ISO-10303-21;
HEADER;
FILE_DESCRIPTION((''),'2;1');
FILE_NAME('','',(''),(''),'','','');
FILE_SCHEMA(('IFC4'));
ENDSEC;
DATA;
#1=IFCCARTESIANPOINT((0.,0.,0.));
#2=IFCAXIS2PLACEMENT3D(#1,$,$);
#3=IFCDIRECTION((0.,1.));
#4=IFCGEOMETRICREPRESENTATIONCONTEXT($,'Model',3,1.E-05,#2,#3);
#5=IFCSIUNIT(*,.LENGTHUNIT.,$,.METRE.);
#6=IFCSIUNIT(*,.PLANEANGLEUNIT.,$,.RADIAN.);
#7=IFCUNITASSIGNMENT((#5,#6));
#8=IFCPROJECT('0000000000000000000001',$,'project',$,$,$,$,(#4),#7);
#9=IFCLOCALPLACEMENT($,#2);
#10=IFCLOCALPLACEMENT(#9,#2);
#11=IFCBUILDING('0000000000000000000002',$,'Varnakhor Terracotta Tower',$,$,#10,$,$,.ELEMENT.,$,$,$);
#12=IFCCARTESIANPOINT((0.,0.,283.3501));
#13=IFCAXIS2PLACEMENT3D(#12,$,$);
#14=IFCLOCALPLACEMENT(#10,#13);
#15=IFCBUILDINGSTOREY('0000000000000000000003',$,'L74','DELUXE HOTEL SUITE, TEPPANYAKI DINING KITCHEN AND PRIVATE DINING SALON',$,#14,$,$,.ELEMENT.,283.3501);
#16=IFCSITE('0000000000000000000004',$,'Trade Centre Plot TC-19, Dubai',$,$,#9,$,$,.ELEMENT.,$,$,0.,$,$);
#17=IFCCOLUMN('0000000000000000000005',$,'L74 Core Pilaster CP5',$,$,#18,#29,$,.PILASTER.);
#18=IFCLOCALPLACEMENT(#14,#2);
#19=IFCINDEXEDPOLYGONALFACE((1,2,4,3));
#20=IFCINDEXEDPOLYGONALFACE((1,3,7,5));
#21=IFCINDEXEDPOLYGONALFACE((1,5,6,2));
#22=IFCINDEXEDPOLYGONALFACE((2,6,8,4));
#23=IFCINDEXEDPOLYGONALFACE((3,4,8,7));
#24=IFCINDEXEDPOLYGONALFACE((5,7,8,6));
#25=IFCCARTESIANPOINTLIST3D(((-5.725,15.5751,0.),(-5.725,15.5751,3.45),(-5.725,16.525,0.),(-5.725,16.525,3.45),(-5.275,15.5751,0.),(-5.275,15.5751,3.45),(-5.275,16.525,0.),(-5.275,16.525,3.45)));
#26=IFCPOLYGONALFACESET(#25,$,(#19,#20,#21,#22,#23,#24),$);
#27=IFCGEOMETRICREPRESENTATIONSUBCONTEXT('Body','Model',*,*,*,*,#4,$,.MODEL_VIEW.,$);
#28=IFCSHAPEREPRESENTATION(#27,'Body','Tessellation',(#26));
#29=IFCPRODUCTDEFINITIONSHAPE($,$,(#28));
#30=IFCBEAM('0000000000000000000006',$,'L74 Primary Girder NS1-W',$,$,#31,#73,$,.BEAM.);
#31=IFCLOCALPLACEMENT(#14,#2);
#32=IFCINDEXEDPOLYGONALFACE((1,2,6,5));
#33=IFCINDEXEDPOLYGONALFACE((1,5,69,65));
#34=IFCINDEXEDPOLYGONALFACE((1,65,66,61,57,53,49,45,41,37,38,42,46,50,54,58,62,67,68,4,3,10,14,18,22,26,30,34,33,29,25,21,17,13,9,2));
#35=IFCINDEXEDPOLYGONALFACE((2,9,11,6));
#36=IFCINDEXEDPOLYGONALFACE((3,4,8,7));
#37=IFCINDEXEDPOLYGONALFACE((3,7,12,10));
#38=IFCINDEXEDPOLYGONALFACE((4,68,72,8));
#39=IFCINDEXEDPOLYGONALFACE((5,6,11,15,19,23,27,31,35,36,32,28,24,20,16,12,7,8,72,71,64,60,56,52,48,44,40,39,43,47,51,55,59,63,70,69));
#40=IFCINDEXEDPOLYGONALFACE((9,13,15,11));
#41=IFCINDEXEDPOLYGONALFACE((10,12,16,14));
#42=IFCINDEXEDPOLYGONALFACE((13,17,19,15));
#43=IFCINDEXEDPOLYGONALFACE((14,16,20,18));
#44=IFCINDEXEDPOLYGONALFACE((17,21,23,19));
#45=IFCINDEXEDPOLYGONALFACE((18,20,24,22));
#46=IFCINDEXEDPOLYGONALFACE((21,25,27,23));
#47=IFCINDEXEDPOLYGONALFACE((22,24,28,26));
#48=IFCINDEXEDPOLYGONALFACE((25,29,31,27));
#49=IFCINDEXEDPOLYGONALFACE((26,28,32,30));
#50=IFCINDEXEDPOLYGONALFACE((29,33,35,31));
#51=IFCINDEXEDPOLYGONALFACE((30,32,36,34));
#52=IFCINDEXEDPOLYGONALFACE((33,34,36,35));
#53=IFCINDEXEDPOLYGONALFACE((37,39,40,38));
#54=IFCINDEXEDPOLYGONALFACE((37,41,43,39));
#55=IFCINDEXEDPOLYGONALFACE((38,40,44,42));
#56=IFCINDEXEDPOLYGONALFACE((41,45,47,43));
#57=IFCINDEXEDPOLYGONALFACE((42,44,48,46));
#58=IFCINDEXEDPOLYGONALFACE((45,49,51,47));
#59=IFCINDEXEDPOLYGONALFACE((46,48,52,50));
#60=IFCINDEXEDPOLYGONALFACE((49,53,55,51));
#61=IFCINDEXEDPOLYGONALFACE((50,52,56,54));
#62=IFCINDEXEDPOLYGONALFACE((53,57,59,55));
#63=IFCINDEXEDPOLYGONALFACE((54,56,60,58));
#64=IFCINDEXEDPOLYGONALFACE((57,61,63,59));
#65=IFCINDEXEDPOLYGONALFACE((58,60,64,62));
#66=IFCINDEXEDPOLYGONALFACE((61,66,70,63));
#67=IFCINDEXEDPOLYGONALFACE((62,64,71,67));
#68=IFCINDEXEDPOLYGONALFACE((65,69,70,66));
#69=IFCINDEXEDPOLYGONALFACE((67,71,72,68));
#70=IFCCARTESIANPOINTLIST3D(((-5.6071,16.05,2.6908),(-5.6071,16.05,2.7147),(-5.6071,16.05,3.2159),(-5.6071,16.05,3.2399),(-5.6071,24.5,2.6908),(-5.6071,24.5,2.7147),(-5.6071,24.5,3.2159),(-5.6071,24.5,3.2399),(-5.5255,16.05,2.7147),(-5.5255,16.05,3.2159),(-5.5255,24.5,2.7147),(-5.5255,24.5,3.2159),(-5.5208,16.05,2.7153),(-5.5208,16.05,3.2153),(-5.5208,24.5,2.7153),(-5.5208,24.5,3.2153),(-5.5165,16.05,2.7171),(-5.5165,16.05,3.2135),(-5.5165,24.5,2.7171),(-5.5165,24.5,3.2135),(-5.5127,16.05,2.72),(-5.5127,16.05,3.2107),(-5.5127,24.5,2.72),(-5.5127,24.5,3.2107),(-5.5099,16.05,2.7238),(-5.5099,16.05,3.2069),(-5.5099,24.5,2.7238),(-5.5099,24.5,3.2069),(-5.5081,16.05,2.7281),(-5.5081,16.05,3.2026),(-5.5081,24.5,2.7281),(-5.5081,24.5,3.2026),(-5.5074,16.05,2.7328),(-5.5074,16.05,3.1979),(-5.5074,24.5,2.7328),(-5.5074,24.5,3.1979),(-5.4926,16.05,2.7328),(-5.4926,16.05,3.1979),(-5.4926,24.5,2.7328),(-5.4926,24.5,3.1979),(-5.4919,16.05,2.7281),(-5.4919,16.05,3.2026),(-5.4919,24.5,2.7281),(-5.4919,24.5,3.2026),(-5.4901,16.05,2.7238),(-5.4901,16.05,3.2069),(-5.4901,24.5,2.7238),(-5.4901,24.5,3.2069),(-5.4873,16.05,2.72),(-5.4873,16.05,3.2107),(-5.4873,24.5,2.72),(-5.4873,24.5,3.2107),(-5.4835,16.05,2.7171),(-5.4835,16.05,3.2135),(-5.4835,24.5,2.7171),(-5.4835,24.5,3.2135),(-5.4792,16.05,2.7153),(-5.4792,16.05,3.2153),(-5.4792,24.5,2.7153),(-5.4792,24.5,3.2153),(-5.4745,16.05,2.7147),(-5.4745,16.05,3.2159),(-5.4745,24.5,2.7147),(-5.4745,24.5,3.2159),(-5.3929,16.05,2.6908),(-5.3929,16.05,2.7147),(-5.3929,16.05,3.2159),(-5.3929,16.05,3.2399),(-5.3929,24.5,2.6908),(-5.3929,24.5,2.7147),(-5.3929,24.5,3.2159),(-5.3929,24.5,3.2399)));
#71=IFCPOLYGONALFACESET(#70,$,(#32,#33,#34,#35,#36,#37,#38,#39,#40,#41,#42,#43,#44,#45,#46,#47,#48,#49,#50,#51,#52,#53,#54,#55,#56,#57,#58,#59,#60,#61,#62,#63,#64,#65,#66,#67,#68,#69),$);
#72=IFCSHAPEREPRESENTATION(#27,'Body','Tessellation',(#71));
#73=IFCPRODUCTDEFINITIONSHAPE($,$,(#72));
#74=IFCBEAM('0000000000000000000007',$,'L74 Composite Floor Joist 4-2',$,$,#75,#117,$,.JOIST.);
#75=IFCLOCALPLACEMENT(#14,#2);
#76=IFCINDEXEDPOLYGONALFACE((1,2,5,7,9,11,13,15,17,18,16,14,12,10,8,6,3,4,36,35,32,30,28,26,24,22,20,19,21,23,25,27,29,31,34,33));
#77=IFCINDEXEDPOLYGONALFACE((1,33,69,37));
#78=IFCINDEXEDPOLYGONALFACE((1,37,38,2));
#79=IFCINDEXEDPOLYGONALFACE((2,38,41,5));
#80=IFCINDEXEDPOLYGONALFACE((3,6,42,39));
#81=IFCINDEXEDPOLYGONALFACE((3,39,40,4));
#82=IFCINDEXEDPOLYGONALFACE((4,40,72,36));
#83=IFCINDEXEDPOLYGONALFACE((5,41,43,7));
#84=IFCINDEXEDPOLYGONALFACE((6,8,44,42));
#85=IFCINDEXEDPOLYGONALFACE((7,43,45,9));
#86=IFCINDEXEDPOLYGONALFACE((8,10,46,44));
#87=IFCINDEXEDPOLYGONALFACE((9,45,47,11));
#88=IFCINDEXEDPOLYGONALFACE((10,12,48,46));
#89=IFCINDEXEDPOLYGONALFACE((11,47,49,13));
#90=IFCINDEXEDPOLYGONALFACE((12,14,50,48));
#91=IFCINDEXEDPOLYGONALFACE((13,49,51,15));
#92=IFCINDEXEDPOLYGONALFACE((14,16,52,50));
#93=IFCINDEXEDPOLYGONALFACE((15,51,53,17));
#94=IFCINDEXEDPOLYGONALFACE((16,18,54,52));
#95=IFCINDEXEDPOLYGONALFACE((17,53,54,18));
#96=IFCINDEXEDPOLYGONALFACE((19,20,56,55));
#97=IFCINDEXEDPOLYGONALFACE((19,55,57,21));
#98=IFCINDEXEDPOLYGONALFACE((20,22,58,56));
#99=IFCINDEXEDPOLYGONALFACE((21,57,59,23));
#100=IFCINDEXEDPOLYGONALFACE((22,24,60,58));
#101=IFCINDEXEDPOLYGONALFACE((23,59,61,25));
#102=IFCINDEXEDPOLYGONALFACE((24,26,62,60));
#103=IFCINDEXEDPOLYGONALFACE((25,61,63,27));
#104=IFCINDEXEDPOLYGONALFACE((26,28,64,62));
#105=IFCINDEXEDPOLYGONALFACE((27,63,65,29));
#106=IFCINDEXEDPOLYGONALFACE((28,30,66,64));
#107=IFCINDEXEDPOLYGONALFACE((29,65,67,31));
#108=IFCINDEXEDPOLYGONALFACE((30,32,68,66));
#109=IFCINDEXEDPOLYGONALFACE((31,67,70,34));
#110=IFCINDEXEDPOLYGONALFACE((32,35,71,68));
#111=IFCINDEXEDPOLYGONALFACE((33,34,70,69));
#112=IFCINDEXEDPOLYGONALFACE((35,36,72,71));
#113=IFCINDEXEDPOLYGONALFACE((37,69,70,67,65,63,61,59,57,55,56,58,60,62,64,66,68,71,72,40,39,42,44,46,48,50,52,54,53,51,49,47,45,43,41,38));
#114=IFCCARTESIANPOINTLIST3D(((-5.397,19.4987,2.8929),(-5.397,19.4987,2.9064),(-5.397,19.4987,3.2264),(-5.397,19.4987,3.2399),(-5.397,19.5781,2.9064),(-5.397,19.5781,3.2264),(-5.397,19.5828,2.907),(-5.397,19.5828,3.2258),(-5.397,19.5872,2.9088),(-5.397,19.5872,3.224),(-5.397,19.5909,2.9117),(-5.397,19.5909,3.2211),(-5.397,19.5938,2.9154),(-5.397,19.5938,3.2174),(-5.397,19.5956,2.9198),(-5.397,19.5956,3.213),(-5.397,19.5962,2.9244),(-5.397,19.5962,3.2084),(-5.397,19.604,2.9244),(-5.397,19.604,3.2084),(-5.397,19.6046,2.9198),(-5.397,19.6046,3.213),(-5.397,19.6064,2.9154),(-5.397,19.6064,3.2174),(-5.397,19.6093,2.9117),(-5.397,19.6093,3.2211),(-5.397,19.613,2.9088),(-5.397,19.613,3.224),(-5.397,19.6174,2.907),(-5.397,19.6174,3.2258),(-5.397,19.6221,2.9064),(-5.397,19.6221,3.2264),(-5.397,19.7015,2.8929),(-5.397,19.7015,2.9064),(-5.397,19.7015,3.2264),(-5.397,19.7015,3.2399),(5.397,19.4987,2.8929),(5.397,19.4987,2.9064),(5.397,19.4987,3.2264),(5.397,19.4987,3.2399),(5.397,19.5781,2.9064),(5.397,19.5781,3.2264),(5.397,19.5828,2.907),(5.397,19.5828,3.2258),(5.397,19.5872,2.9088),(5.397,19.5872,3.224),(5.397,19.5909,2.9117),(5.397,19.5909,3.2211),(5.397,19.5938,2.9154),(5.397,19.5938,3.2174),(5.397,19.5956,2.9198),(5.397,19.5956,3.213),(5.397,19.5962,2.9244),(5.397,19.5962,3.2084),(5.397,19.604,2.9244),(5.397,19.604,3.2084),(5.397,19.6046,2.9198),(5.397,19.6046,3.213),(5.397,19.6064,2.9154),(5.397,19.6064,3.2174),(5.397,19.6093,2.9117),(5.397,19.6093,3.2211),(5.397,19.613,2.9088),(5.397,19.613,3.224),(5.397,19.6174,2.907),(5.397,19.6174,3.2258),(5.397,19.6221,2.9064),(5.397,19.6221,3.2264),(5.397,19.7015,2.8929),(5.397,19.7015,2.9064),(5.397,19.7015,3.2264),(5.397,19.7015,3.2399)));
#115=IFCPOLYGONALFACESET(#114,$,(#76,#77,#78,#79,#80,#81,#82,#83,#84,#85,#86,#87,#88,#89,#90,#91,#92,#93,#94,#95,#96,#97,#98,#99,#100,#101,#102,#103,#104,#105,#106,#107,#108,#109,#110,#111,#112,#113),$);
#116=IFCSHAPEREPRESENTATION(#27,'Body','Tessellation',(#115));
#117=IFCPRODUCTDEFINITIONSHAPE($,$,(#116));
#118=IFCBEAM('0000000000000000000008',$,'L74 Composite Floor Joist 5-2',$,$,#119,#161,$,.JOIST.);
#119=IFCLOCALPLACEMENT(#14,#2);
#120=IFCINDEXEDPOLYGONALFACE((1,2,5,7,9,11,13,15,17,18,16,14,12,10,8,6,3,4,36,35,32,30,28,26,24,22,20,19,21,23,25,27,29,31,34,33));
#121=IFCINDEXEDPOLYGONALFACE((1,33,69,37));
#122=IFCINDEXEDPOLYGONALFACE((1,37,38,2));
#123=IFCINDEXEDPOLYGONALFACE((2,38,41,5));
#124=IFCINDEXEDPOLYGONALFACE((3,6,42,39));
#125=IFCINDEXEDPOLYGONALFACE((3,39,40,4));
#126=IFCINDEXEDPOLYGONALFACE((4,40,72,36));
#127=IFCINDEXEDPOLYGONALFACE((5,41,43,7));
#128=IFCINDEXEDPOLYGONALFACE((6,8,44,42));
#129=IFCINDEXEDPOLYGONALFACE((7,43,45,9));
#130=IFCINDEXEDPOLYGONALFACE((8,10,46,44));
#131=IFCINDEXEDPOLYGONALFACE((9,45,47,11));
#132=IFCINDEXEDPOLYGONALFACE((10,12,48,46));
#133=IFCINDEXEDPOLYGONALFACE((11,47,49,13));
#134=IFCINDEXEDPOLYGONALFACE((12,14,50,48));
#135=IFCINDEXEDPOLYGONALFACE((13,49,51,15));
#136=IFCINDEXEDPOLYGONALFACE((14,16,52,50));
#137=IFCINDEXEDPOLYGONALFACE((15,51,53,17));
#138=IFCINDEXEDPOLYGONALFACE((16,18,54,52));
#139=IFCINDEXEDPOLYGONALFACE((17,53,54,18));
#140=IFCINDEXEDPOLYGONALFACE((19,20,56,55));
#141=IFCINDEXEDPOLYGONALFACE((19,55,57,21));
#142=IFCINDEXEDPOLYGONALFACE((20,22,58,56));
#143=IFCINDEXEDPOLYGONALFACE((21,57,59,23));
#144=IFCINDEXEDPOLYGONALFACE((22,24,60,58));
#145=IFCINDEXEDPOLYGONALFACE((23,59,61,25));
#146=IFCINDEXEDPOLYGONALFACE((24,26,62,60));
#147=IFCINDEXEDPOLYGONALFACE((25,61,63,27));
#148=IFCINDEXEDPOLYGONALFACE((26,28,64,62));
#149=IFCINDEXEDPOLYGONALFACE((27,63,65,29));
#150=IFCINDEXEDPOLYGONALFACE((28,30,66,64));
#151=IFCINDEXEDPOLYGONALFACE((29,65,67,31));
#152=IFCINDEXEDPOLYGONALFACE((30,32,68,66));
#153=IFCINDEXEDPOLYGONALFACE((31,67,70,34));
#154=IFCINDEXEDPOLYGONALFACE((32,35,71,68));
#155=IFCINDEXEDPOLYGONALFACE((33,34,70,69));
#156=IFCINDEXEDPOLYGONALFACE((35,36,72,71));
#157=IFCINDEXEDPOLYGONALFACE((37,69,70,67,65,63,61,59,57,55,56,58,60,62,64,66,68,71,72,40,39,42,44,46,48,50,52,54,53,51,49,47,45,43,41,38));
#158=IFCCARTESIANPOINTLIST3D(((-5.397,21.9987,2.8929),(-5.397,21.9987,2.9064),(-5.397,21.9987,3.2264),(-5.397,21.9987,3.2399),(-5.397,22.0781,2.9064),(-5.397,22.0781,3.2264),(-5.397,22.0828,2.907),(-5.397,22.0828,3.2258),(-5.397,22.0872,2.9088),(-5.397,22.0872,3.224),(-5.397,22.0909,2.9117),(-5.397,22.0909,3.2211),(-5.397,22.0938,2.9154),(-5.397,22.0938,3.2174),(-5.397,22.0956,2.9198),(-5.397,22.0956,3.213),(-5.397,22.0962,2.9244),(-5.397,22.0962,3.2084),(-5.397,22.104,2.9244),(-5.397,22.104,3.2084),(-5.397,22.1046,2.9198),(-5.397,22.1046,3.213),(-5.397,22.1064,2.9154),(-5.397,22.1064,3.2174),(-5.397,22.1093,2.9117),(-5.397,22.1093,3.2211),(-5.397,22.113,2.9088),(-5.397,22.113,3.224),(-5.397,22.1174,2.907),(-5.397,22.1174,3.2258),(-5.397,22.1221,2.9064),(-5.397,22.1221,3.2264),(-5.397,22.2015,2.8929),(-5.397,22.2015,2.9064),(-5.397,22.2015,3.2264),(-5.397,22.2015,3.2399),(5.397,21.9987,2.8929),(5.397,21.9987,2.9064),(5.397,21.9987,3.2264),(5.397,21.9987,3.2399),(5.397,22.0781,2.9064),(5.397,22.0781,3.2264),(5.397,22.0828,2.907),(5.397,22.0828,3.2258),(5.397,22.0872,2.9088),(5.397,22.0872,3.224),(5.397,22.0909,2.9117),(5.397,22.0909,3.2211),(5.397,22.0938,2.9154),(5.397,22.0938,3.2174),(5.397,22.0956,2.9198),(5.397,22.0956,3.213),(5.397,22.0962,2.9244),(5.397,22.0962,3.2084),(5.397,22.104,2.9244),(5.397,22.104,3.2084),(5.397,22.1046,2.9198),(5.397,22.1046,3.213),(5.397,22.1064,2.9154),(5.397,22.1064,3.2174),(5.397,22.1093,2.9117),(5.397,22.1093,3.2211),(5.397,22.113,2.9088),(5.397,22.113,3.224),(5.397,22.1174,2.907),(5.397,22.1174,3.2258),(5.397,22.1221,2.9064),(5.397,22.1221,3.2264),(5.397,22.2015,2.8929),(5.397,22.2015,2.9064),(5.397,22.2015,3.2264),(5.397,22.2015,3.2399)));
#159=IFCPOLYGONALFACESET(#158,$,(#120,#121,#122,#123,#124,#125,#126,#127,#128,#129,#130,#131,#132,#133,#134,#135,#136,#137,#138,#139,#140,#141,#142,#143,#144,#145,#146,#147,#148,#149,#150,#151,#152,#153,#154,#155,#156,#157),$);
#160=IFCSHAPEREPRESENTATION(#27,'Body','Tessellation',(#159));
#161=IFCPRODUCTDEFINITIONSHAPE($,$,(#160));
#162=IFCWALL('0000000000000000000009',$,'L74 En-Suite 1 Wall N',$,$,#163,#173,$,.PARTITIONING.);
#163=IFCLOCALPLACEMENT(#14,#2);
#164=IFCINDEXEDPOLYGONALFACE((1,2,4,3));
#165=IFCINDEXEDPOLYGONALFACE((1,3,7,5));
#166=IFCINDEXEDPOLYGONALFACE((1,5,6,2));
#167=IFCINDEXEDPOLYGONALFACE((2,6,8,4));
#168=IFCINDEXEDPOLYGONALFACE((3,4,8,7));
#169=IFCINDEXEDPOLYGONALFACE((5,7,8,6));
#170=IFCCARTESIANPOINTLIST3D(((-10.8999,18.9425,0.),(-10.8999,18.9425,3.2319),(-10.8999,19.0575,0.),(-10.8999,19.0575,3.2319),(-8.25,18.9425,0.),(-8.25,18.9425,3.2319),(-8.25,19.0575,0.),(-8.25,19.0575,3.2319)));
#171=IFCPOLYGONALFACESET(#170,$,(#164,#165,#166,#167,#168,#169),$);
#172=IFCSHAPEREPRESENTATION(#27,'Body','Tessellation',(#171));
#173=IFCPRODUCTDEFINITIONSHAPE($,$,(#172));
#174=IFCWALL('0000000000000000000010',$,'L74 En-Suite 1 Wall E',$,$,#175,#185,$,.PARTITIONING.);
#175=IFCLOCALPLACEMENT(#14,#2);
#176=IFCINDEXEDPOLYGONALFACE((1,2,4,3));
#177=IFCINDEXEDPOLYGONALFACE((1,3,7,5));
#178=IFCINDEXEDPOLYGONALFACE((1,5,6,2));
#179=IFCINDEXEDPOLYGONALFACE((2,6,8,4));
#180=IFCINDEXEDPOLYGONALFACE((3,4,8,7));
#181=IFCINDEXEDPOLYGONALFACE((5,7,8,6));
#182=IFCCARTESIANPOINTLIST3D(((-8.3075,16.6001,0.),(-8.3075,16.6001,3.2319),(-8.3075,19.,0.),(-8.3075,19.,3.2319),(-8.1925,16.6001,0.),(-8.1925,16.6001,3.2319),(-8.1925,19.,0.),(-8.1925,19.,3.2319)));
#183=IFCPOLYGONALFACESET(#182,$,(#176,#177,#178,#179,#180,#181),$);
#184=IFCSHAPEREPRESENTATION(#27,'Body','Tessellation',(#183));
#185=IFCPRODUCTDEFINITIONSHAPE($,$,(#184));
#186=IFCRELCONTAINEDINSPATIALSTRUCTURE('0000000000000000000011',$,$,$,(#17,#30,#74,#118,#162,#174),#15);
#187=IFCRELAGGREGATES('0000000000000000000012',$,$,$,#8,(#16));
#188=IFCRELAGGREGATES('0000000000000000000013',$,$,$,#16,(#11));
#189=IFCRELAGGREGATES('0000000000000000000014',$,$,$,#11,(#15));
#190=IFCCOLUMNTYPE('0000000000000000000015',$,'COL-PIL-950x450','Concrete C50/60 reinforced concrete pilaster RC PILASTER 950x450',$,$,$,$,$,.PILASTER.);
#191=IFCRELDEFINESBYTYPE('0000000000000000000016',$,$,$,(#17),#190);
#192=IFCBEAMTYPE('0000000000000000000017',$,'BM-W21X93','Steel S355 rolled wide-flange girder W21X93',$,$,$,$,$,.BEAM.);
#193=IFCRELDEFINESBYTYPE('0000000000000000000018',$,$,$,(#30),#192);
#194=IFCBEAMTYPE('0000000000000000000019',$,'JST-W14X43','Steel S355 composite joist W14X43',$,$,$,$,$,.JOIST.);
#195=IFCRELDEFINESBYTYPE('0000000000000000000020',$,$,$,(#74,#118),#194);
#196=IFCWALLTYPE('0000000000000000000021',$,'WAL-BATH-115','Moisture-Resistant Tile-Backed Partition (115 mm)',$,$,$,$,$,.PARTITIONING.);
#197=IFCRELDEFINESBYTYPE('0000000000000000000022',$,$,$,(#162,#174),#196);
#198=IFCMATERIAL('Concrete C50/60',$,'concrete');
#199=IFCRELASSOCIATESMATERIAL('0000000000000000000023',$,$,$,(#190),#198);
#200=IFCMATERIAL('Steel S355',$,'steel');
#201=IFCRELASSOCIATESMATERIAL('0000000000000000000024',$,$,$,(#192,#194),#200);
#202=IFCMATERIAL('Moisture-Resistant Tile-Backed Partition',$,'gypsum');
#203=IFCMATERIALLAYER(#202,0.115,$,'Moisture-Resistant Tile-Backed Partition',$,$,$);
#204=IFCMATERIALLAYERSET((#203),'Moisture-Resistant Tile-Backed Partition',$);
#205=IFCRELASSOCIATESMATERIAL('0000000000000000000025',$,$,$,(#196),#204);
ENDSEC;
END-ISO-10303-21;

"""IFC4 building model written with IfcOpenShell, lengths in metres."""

from ifc_helpers import new_model, si_unit, direction, frame, frame_2d, origin, origin_2d, place, context, subcontext, project, spatial, rectangle, i_section, extrude, source, transform, mapped, material, layer, layer_set, material_profile, profile_set, type_object, type_shapes, element, save


model = new_model("IFC4")

# Units and contexts
model_context = context("Model", 3, precision=1e-05, world=origin(), true_north=direction((0.0, 1.0)))
body_context = subcontext(model_context, "Body", "Model", "MODEL_VIEW")
ifc_project = project(units=[si_unit("LENGTHUNIT", "METRE"), si_unit("PLANEANGLEUNIT", "RADIAN")], contexts=[model_context])

# Site, building, storey
site_placement = place(None, origin())
site = spatial("IfcSite", under=ifc_project, at=site_placement, Name="Trade Centre Plot TC-19, Dubai", CompositionType="ELEMENT", RefElevation=0.0)
building_placement = place(site_placement, origin())
building = spatial("IfcBuilding", under=site, at=building_placement, Name="Varnakhor Terracotta Tower", CompositionType="ELEMENT")
storey_placement = place(building_placement, frame((0.0, 0.0, 283.3501)))
storey = spatial("IfcBuildingStorey", under=building, at=storey_placement, Name="L74", Description="DELUXE HOTEL SUITE, TEPPANYAKI DINING KITCHEN AND PRIVATE DINING SALON", CompositionType="ELEMENT", Elevation=283.3501)

# Column
ifc_material_1 = material(Name="Concrete C50/60", Category="concrete")
ifc_material_profile_1 = material_profile(ifc_material_1, rectangle(XDim=0.45, YDim=0.95, at=origin_2d()), Name="RC PILASTER 950x450")
ifc_profile_set_1 = profile_set([ifc_material_profile_1], Name="Concrete C50/60")
column_type = type_object("IfcColumnType", Name="COL-PIL-950x450", Description="Concrete C50/60 reinforced concrete pilaster RC PILASTER 950x450", PredefinedType="PILASTER", material=ifc_profile_set_1)
shared_shape_1 = source(origin(), body_context, "Body", "SweptSolid", [
    extrude(rectangle(XDim=0.45, YDim=0.95, at=origin_2d()), origin(), (0.0, 0.0, 1.0), 3.45),
])
column_placement = place(storey_placement, frame((-5.5, 16.05, 0.0), z_axis=(0.0, 0.0, 1.0), x_axis=(1.0, 0.0, 0.0)))
element("IfcColumn", 1, at=column_placement, inside=storey, type_object=column_type, Name="L74 Core Pilaster CP5", PredefinedType="PILASTER", context=body_context, shape_type="MappedRepresentation", body=[
    mapped(shared_shape_1, transform((0.0, 0.0, 0.0), scale=1.0)),
])

# Beams
ifc_material_2 = material(Name="Steel S355", Category="steel")
ifc_material_profile_2 = material_profile(ifc_material_2, i_section(OverallWidth=0.2141, OverallDepth=0.5491, WebThickness=0.0149, FlangeThickness=0.0239, FilletRadius=0.0181, at=origin_2d()), Name="W21X93")
ifc_profile_set_2 = profile_set([ifc_material_profile_2], Name="Steel S355")
beam_type_1 = type_object("IfcBeamType", Name="BM-W21X93", Description="Steel S355 rolled wide-flange girder W21X93", PredefinedType="BEAM", material=ifc_profile_set_2)
shared_shape_2 = source(origin(), body_context, "Body", "SweptSolid", [
    extrude(i_section(OverallWidth=0.2141, OverallDepth=0.5491, WebThickness=0.0149, FlangeThickness=0.0239, FilletRadius=0.0181, at=origin_2d()), origin(), (0.0, 0.0, 1.0), 8.45),
])
type_shapes(beam_type_1, [shared_shape_2])
beam_placement = place(storey_placement, frame((-5.5, 16.05, 2.9653), z_axis=(0.0, 1.0, 0.0), x_axis=(-1.0, 0.0, 0.0)))
element("IfcBeam", 2, at=beam_placement, inside=storey, type_object=beam_type_1, Name="L74 Primary Girder NS1-W", PredefinedType="BEAM", context=body_context, shape_type="MappedRepresentation", body=[
    mapped(shared_shape_2, transform((0.0, 0.0, 0.0), scale=1.0)),
])
ifc_material_profile_3 = material_profile(ifc_material_2, i_section(OverallWidth=0.2029, OverallDepth=0.3469, WebThickness=0.0078, FlangeThickness=0.0134, FilletRadius=0.0181, at=origin_2d()), Name="W14X43")
ifc_profile_set_3 = profile_set([ifc_material_profile_3], Name="Steel S355")
beam_type_2 = type_object("IfcBeamType", Name="JST-W14X43", Description="Steel S355 composite joist W14X43", PredefinedType="JOIST", material=ifc_profile_set_3)
shared_shape_3 = source(origin(), body_context, "Body", "SweptSolid", [
    extrude(i_section(OverallWidth=0.2029, OverallDepth=0.3469, WebThickness=0.0078, FlangeThickness=0.0134, FilletRadius=0.0181, at=origin_2d()), origin(), (0.0, 0.0, 1.0), 10.7939),
])
for number, where, z_axis, x_axis, name in (
    (3, (-5.397, 19.6001, 3.0664), (1.0, 0.0, 0.0), (0.0, 1.0, 0.0), "L74 Composite Floor Joist 4-2"),
    (4, (-5.397, 22.1001, 3.0664), (1.0, 0.0, 0.0), (0.0, 1.0, 0.0), "L74 Composite Floor Joist 5-2"),
):
    element("IfcBeam", number, at=place(storey_placement, frame(where, z_axis=z_axis, x_axis=x_axis)), inside=storey, type_object=beam_type_2, Name=name, PredefinedType="JOIST", context=body_context, shape_type="MappedRepresentation", body=[
        mapped(shared_shape_3, transform((0.0, 0.0, 0.0), scale=1.0)),
    ])

# Walls
ifc_material_3 = material(Name="Moisture-Resistant Tile-Backed Partition", Category="gypsum")
ifc_layer_1 = layer(ifc_material_3, 0.115, Name="Moisture-Resistant Tile-Backed Partition")
ifc_layer_set_1 = layer_set([ifc_layer_1], Name="Moisture-Resistant Tile-Backed Partition")
wall_type_1 = type_object("IfcWallType", Name="WAL-BATH-115", Description="Moisture-Resistant Tile-Backed Partition (115 mm)", PredefinedType="PARTITIONING", material=ifc_layer_set_1)
wall_1_placement = place(storey_placement, frame((-10.8999, 19.0, 0.0), z_axis=(0.0, 0.0, 1.0), x_axis=(1.0, 0.0, 0.0)))
element("IfcWall", 5, at=wall_1_placement, inside=storey, type_object=wall_type_1, Name="L74 En-Suite 1 Wall N", PredefinedType="PARTITIONING", context=body_context, shape_type="SweptSolid", body=[
    extrude(rectangle(XDim=2.6499, YDim=0.115, at=frame_2d((1.325, 0.0))), origin(), (0.0, 0.0, 1.0), 3.2319),
])
wall_2_placement = place(storey_placement, frame((-8.25, 16.6001, 0.0), z_axis=(0.0, 0.0, 1.0), x_axis=(0.0, 1.0, 0.0)))
element("IfcWall", 6, at=wall_2_placement, inside=storey, type_object=wall_type_1, Name="L74 En-Suite 1 Wall E", PredefinedType="PARTITIONING", context=body_context, shape_type="SweptSolid", body=[
    extrude(rectangle(XDim=2.3999, YDim=0.115, at=frame_2d((1.2, 0.0))), origin(), (0.0, 0.0, 1.0), 3.2319),
])

save(model, "model.ifc")
